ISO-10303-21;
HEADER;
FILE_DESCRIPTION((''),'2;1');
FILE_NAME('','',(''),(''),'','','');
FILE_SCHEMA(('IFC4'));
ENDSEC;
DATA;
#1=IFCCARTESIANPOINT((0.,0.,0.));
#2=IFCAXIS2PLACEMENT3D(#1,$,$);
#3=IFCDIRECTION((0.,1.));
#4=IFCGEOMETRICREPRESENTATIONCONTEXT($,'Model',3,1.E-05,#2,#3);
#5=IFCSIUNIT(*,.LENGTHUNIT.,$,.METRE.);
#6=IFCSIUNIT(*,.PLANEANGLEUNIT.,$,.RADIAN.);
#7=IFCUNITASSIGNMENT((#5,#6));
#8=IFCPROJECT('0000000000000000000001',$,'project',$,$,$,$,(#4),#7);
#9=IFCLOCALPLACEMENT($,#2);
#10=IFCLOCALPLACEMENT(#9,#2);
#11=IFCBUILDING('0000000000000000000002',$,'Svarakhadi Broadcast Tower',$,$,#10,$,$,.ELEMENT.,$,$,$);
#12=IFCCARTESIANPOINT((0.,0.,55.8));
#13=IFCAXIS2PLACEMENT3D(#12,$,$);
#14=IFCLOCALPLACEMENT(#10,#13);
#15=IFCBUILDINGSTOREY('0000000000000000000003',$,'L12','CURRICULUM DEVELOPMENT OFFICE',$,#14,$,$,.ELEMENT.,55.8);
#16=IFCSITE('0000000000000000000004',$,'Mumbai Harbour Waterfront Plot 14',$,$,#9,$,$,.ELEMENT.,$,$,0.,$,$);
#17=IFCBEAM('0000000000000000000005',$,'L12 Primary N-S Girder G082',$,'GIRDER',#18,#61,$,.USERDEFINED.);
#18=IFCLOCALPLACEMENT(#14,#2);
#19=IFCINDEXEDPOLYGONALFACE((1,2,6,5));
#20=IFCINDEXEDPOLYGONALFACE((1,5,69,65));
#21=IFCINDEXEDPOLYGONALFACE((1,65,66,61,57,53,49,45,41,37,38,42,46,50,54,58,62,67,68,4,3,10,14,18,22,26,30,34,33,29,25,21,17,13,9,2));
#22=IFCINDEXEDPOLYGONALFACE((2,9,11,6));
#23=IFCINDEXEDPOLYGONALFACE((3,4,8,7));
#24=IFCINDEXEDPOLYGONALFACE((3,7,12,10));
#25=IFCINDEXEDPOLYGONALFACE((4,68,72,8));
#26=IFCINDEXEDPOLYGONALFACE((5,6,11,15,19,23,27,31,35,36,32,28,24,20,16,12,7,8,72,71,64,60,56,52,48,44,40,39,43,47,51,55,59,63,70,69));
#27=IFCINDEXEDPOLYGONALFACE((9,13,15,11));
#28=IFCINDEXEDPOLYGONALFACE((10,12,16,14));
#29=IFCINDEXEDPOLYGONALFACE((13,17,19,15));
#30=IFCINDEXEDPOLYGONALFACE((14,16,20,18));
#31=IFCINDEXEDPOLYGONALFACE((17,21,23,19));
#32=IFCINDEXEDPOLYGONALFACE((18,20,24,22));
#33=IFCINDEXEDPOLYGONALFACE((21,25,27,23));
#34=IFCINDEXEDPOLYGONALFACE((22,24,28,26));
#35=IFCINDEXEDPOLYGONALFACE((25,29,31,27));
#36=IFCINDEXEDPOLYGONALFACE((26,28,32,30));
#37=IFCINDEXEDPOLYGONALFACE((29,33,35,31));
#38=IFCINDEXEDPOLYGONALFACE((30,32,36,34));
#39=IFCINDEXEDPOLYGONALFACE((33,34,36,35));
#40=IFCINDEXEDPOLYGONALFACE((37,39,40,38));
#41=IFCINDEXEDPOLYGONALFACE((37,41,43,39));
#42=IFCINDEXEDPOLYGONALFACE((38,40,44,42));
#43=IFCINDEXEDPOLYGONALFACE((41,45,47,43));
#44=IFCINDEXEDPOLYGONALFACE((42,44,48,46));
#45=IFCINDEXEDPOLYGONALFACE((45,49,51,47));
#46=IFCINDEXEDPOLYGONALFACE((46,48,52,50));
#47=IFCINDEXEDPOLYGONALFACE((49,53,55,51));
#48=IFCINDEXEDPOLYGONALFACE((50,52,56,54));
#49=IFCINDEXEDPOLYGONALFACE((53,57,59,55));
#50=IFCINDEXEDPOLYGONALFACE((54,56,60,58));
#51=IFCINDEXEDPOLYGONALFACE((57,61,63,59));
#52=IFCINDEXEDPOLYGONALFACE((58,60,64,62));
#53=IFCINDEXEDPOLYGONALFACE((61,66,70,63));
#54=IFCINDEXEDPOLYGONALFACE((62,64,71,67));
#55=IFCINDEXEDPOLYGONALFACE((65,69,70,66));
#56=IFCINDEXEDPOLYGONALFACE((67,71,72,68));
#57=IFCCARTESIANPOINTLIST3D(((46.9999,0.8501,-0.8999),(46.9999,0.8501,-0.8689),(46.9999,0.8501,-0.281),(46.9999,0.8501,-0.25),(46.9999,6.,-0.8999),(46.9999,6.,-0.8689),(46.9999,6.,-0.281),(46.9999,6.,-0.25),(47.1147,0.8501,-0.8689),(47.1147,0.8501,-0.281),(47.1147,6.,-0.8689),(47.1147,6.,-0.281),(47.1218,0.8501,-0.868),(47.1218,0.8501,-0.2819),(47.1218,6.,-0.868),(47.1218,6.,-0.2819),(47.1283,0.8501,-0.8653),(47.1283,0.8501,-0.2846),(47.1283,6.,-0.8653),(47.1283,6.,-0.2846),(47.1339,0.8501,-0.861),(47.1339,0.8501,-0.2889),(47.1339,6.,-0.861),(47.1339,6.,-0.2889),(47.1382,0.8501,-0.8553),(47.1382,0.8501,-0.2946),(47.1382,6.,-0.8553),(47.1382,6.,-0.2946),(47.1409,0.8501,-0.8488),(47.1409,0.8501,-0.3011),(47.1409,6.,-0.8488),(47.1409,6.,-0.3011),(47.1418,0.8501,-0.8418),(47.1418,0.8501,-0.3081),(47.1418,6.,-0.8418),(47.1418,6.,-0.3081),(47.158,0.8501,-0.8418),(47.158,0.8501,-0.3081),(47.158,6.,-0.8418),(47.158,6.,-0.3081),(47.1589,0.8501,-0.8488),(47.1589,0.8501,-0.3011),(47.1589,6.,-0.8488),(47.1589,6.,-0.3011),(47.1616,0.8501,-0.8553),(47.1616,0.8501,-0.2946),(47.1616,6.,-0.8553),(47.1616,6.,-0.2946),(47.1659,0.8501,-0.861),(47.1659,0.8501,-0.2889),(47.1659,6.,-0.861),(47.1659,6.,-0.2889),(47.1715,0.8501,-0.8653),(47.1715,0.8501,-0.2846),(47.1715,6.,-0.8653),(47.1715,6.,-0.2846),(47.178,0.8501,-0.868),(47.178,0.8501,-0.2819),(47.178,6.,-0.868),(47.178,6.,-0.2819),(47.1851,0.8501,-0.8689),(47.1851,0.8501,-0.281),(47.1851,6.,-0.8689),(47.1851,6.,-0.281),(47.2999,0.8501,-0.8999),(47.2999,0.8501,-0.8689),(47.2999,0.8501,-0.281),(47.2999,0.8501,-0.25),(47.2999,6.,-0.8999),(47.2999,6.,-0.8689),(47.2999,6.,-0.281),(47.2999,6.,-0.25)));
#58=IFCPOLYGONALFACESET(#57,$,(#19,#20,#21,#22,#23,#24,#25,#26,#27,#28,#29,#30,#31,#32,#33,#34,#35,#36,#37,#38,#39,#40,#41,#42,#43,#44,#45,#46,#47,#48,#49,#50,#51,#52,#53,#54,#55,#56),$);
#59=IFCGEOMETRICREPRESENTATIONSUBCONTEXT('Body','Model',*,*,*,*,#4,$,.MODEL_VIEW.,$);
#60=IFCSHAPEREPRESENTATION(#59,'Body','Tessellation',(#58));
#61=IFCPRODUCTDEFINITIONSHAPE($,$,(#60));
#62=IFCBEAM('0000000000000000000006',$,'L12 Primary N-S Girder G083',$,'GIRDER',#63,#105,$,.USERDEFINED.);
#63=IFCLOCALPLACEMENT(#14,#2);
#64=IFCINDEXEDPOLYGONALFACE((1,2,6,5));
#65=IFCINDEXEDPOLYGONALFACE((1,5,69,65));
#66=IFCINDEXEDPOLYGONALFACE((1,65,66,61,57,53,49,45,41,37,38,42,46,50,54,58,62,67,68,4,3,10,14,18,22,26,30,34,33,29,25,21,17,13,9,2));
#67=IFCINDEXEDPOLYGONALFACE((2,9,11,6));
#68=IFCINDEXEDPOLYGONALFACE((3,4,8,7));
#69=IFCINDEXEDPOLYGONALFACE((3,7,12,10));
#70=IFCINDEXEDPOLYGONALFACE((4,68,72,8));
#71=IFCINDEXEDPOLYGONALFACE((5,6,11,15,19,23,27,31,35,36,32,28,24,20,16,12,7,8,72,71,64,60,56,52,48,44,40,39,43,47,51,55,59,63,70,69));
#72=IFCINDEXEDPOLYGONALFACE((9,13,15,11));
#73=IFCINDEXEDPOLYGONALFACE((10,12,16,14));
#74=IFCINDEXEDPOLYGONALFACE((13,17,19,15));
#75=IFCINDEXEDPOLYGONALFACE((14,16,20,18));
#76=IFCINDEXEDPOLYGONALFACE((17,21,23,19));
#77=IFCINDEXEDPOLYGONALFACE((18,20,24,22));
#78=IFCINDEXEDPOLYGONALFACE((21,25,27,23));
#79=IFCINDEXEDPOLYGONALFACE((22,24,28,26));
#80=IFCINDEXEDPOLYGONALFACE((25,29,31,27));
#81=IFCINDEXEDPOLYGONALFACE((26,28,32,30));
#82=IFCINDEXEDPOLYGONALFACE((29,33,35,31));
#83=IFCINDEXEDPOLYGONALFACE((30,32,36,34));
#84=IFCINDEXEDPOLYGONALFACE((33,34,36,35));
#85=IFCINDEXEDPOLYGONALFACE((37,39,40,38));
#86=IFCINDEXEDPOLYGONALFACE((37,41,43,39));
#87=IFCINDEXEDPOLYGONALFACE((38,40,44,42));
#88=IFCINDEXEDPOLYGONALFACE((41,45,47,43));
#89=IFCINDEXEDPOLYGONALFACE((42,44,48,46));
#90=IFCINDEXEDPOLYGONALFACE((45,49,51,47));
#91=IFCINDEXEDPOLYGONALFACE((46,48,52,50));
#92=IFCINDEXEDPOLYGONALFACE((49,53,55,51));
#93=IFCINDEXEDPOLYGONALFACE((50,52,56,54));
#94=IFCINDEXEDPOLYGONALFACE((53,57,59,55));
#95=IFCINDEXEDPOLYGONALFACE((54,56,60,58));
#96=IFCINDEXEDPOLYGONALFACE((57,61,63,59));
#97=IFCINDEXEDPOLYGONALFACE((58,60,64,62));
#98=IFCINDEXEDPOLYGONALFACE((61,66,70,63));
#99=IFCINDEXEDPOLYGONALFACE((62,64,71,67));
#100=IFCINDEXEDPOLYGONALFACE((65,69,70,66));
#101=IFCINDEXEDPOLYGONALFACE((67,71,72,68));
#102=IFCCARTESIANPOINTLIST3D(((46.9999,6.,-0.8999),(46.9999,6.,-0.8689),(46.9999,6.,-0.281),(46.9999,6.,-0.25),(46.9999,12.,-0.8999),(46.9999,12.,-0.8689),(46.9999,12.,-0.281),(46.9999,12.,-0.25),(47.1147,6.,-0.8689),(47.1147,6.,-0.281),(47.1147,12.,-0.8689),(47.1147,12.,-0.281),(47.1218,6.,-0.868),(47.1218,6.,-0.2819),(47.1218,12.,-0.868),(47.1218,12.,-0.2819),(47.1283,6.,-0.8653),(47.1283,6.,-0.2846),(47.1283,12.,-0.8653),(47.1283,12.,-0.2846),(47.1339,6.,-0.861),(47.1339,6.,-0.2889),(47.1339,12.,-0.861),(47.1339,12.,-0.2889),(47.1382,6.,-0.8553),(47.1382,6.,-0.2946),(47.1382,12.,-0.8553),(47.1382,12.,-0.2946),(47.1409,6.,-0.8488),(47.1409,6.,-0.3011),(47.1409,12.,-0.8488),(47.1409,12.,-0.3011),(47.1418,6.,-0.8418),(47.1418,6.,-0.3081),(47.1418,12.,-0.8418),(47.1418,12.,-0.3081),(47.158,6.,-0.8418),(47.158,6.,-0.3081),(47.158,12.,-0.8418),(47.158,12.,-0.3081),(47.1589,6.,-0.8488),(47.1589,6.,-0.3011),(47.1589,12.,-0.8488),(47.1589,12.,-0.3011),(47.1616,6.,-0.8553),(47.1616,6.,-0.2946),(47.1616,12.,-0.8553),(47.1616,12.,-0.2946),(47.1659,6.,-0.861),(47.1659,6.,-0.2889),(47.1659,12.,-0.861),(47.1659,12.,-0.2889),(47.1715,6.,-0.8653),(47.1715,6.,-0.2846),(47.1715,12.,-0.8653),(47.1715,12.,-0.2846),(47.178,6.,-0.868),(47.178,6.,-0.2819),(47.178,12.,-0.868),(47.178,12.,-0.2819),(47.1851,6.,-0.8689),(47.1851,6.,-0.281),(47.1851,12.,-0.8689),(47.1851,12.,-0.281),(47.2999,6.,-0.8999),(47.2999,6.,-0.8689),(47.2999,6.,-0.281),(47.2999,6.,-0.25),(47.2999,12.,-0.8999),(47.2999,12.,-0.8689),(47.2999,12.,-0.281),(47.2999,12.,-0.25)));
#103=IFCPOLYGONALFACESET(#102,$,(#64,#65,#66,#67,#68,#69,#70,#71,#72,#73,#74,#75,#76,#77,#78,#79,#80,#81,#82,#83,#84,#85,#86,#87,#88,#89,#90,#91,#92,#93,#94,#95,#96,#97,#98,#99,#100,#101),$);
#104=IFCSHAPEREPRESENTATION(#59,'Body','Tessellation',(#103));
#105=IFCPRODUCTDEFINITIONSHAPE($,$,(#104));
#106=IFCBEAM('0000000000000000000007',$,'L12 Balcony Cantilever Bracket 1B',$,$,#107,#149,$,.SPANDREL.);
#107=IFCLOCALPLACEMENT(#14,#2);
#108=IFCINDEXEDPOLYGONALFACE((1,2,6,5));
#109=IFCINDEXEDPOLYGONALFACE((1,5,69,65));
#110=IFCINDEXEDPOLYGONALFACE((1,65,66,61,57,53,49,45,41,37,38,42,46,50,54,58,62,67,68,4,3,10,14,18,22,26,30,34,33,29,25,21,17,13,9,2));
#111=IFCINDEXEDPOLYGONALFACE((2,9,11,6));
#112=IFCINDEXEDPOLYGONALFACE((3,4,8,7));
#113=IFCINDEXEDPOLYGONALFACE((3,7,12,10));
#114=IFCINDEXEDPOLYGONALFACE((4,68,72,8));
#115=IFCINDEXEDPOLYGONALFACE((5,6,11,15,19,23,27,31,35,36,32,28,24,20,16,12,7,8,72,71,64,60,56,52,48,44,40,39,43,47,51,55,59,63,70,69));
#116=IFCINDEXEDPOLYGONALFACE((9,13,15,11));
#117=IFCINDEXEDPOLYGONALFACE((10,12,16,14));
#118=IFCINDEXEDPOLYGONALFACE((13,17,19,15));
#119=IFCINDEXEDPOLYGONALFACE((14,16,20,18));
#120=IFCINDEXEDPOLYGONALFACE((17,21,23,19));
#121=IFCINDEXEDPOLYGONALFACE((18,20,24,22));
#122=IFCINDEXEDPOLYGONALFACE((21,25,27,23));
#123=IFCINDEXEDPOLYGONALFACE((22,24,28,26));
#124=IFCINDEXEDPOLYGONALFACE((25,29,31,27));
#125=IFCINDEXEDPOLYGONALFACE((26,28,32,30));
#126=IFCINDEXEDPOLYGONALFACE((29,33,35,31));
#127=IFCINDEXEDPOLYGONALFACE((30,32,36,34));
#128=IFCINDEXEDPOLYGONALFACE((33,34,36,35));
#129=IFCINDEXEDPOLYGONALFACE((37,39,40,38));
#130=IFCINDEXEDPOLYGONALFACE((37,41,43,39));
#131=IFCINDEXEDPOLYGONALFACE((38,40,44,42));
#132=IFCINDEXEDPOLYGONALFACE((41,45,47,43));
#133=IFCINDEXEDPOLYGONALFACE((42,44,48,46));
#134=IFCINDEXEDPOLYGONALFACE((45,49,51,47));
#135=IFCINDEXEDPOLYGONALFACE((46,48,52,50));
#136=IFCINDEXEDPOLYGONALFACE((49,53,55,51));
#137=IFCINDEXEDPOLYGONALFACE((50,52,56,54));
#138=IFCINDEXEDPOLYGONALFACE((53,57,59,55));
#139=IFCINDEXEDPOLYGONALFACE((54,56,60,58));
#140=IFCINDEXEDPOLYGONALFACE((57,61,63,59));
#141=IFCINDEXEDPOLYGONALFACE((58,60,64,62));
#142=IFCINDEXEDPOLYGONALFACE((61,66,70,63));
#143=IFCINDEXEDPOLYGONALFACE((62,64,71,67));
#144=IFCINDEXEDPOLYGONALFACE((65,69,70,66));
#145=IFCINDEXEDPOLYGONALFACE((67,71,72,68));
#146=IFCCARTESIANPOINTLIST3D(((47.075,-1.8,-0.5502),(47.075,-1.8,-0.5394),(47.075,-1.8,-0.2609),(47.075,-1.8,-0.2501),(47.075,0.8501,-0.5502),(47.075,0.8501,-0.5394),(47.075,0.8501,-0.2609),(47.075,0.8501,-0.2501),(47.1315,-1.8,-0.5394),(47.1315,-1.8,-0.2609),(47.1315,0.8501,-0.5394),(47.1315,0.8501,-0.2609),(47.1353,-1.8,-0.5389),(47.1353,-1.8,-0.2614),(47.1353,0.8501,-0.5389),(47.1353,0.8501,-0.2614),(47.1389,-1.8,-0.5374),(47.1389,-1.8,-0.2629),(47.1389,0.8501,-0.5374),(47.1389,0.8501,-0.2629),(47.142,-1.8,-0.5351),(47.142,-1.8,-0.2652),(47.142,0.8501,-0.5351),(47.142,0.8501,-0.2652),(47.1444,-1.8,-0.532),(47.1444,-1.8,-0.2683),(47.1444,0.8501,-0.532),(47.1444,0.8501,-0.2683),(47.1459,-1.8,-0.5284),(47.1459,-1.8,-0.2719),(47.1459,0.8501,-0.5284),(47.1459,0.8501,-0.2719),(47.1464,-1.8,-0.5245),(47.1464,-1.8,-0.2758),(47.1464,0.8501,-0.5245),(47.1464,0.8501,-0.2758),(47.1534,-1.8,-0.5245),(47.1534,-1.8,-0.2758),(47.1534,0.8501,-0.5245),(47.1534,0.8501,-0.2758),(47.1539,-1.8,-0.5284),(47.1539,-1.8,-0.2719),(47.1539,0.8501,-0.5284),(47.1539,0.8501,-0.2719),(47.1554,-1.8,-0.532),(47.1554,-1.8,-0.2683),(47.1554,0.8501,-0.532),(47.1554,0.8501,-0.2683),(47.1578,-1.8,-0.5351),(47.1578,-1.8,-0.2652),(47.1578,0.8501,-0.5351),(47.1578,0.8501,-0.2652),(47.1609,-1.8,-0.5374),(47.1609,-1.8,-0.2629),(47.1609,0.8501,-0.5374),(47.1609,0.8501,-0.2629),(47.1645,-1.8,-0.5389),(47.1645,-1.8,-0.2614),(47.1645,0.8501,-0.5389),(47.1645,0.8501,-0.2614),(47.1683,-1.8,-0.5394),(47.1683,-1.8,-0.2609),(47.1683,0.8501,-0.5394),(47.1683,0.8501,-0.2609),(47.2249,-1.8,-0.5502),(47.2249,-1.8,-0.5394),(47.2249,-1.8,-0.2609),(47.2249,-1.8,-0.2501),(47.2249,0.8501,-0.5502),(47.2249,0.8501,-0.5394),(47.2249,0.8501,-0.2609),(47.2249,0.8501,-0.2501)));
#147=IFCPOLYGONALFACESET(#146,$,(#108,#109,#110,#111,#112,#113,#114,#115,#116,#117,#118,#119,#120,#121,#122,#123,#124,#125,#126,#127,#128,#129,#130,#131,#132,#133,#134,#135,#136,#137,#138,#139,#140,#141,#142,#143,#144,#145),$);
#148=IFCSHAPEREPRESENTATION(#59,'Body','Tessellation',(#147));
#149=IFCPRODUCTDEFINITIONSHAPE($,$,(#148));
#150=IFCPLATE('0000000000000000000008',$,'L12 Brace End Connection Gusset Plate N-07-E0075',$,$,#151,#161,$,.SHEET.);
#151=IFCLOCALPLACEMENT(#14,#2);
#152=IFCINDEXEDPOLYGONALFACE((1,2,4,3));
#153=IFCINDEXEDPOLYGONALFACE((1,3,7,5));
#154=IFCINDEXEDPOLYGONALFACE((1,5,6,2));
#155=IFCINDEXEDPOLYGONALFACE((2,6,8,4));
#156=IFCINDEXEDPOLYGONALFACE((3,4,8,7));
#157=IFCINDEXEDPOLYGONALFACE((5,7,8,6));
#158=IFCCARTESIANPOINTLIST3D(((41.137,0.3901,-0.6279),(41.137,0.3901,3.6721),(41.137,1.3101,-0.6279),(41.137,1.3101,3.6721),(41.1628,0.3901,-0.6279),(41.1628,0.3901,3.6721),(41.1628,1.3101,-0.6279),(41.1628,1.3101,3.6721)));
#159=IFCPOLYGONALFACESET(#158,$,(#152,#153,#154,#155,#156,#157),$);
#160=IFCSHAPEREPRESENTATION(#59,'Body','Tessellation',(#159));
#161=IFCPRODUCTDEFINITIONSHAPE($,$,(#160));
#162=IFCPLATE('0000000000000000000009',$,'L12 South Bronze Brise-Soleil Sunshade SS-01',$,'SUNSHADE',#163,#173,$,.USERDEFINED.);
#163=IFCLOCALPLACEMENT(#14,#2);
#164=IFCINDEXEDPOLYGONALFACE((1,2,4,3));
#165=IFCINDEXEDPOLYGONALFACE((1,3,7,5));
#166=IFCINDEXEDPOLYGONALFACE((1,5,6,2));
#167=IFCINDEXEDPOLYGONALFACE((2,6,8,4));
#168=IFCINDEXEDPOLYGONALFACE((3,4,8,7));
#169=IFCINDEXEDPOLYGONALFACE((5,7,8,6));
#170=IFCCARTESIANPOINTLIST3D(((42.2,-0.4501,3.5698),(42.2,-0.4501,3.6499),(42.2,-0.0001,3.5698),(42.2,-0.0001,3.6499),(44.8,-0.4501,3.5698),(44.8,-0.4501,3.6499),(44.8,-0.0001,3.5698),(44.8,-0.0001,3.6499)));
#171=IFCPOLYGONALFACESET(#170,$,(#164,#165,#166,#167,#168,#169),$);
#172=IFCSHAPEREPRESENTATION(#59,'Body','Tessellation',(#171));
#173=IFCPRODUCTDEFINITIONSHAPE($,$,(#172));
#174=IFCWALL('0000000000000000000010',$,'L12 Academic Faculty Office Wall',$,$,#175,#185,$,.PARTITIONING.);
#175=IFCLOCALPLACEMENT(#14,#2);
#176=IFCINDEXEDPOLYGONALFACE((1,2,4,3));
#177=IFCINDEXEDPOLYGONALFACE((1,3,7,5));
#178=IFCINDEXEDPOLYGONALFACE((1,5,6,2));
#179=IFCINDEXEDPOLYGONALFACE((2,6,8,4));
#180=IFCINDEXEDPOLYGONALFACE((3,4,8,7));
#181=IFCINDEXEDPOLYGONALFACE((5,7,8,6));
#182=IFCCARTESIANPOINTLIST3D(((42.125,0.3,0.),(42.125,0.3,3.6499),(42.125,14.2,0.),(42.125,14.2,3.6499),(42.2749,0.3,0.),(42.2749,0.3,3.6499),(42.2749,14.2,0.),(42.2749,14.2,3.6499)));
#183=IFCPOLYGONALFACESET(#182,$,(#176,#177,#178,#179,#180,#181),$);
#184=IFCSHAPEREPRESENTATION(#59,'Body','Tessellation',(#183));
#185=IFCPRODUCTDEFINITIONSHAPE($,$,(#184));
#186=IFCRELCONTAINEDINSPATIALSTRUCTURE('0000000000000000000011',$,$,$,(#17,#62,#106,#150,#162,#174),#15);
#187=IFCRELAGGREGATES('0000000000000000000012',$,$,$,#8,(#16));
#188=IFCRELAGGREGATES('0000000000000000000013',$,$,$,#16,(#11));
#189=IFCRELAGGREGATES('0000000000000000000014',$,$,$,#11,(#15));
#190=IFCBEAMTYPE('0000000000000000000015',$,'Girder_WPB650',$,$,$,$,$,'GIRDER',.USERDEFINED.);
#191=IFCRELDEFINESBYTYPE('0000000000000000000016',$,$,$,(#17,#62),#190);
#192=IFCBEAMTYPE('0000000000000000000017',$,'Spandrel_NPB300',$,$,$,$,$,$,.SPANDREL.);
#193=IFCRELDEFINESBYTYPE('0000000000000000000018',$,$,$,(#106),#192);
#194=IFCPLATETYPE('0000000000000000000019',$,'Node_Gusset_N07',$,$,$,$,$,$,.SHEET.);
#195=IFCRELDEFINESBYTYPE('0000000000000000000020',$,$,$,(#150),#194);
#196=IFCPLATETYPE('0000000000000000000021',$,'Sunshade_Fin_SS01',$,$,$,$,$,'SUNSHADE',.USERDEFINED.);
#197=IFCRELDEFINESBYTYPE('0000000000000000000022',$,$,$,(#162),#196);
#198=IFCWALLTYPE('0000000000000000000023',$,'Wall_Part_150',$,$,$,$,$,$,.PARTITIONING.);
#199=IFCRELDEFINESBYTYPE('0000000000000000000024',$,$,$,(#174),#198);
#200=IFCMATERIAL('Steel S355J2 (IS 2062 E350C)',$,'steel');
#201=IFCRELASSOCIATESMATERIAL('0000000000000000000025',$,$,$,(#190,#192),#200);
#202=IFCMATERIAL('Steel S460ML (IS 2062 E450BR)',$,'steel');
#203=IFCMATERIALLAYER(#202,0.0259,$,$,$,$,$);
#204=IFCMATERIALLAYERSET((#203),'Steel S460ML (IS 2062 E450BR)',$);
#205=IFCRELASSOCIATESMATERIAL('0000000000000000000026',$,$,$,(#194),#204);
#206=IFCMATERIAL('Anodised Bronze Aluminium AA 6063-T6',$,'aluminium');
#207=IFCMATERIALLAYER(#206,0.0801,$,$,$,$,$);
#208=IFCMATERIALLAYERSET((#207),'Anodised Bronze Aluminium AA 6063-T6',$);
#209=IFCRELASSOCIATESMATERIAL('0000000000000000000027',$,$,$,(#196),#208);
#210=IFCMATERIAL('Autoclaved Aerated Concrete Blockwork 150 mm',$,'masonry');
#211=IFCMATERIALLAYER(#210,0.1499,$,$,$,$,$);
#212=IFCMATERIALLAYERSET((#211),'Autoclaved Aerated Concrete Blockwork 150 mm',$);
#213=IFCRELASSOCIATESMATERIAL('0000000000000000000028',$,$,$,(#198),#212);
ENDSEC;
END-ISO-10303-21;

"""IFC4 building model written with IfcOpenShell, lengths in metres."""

from ifc_helpers import new_model, si_unit, direction, frame, frame_2d, origin, origin_2d, place, context, subcontext, project, spatial, rectangle, i_section, extrude, material, layer, layer_set, material_profile, profile_set, type_object, element, save


model = new_model("IFC4")

# Units and contexts
model_context = context("Model", 3, precision=1e-05, world=origin(), true_north=direction((0.0, 1.0)))
body_context = subcontext(model_context, "Body", "Model", "MODEL_VIEW")
ifc_project = project(units=[si_unit("LENGTHUNIT", "METRE"), si_unit("PLANEANGLEUNIT", "RADIAN")], contexts=[model_context])

# Site, building, storey
site_placement = place(None, origin())
site = spatial("IfcSite", under=ifc_project, at=site_placement, Name="Mumbai Harbour Waterfront Plot 14", CompositionType="ELEMENT", RefElevation=0.0)
building_placement = place(site_placement, origin())
building = spatial("IfcBuilding", under=site, at=building_placement, Name="Svarakhadi Broadcast Tower", CompositionType="ELEMENT")
storey_placement = place(building_placement, frame((0.0, 0.0, 55.8)))
storey = spatial("IfcBuildingStorey", under=building, at=storey_placement, Name="L12", Description="CURRICULUM DEVELOPMENT OFFICE", CompositionType="ELEMENT", Elevation=55.8)

# Shared definitions
ifc_material_1 = material(Name="Steel S460ML (IS 2062 E450BR)", Category="steel")

# Beams
ifc_material_2 = material(Name="Steel S355J2 (IS 2062 E350C)", Category="steel")
ifc_material_profile_1 = material_profile(ifc_material_2, i_section(OverallWidth=0.3, OverallDepth=0.6499, WebThickness=0.0161, FlangeThickness=0.031, FilletRadius=0.0271, at=origin_2d()), Name="WPB 650x300x225")
ifc_profile_set_1 = profile_set([ifc_material_profile_1], Name="Steel S355J2 (IS 2062 E350C)")
beam_type_1 = type_object("IfcBeamType", Name="Girder_WPB650", ElementType="GIRDER", PredefinedType="USERDEFINED", material=ifc_profile_set_1)
beam_1_placement = place(storey_placement, frame((47.1499, 0.8501, -0.575), z_axis=(0.0, 1.0, 0.0), x_axis=(-1.0, 0.0, 0.0)))
element("IfcBeam", 1, at=beam_1_placement, inside=storey, type_object=beam_type_1, Name="L12 Primary N-S Girder G082", ObjectType="GIRDER", PredefinedType="USERDEFINED", context=body_context, shape_type="SweptSolid", body=[
    extrude(i_section(OverallWidth=0.3, OverallDepth=0.6499, WebThickness=0.0161, FlangeThickness=0.031, FilletRadius=0.0271, at=origin_2d()), origin(), (0.0, 0.0, 1.0), 5.1499),
])
beam_2_placement = place(storey_placement, frame((47.1499, 6.0, -0.575), z_axis=(0.0, 1.0, 0.0), x_axis=(-1.0, 0.0, 0.0)))
element("IfcBeam", 2, at=beam_2_placement, inside=storey, type_object=beam_type_1, Name="L12 Primary N-S Girder G083", ObjectType="GIRDER", PredefinedType="USERDEFINED", context=body_context, shape_type="SweptSolid", body=[
    extrude(i_section(OverallWidth=0.3, OverallDepth=0.6499, WebThickness=0.0161, FlangeThickness=0.031, FilletRadius=0.0271, at=origin_2d()), origin(), (0.0, 0.0, 1.0), 6.0),
])
ifc_material_profile_2 = material_profile(ifc_material_2, i_section(OverallWidth=0.1499, OverallDepth=0.3, WebThickness=0.0071, FlangeThickness=0.0107, FilletRadius=0.0149, at=origin_2d()), Name="NPB 300x150x37")
ifc_profile_set_2 = profile_set([ifc_material_profile_2], Name="Steel S355J2 (IS 2062 E350C)")
beam_type_2 = type_object("IfcBeamType", Name="Spandrel_NPB300", PredefinedType="SPANDREL", material=ifc_profile_set_2)
beam_3_placement = place(storey_placement, frame((47.1499, 0.8501, -0.4001), z_axis=(0.0, -1.0, 0.0), x_axis=(1.0, 0.0, 0.0)))
element("IfcBeam", 3, at=beam_3_placement, inside=storey, type_object=beam_type_2, Name="L12 Balcony Cantilever Bracket 1B", PredefinedType="SPANDREL", context=body_context, shape_type="SweptSolid", body=[
    extrude(i_section(OverallWidth=0.1499, OverallDepth=0.3, WebThickness=0.0071, FlangeThickness=0.0107, FilletRadius=0.0149, at=origin_2d()), origin(), (0.0, 0.0, 1.0), 2.6501),
])

# Plates
ifc_layer_1 = layer(ifc_material_1, 0.0259)
ifc_layer_set_1 = layer_set([ifc_layer_1], Name="Steel S460ML (IS 2062 E450BR)")
plate_type_1 = type_object("IfcPlateType", Name="Node_Gusset_N07", PredefinedType="SHEET", material=ifc_layer_set_1)
plate_1_placement = place(storey_placement, frame((41.1499, 0.8501, -0.6279), z_axis=(0.0, 0.0, 1.0), x_axis=(0.0, 1.0, 0.0)))
element("IfcPlate", 4, at=plate_1_placement, inside=storey, type_object=plate_type_1, Name="L12 Brace End Connection Gusset Plate N-07-E0075", PredefinedType="SHEET", context=body_context, shape_type="SweptSolid", body=[
    extrude(rectangle(XDim=0.9199, YDim=0.0259, at=origin_2d()), origin(), (0.0, 0.0, 1.0), 4.3),
])
ifc_material_3 = material(Name="Anodised Bronze Aluminium AA 6063-T6", Category="aluminium")
ifc_layer_2 = layer(ifc_material_3, 0.0801)
ifc_layer_set_2 = layer_set([ifc_layer_2], Name="Anodised Bronze Aluminium AA 6063-T6")
plate_type_2 = type_object("IfcPlateType", Name="Sunshade_Fin_SS01", ElementType="SUNSHADE", PredefinedType="USERDEFINED", material=ifc_layer_set_2)
plate_2_placement = place(storey_placement, frame((43.5, -0.2251, 3.5698), z_axis=(0.0, 0.0, 1.0), x_axis=(1.0, 0.0, 0.0)))
element("IfcPlate", 5, at=plate_2_placement, inside=storey, type_object=plate_type_2, Name="L12 South Bronze Brise-Soleil Sunshade SS-01", ObjectType="SUNSHADE", PredefinedType="USERDEFINED", context=body_context, shape_type="SweptSolid", body=[
    extrude(rectangle(XDim=2.6001, YDim=0.45, at=origin_2d()), origin(), (0.0, 0.0, 1.0), 0.0801),
])

# Wall
ifc_material_4 = material(Name="Autoclaved Aerated Concrete Blockwork 150 mm", Category="masonry")
ifc_layer_3 = layer(ifc_material_4, 0.1499)
ifc_layer_set_3 = layer_set([ifc_layer_3], Name="Autoclaved Aerated Concrete Blockwork 150 mm")
wall_type = type_object("IfcWallType", Name="Wall_Part_150", PredefinedType="PARTITIONING", material=ifc_layer_set_3)
wall_placement = place(storey_placement, frame((42.2, 0.3, 0.0), z_axis=(0.0, 0.0, 1.0), x_axis=(0.0, 1.0, 0.0)))
element("IfcWall", 6, at=wall_placement, inside=storey, type_object=wall_type, Name="L12 Academic Faculty Office Wall", PredefinedType="PARTITIONING", context=body_context, shape_type="SweptSolid", body=[
    extrude(rectangle(XDim=13.8999, YDim=0.1499, at=frame_2d((6.95, 0.0))), origin(), (0.0, 0.0, 1.0), 3.6499),
])

save(model, "model.ifc")
